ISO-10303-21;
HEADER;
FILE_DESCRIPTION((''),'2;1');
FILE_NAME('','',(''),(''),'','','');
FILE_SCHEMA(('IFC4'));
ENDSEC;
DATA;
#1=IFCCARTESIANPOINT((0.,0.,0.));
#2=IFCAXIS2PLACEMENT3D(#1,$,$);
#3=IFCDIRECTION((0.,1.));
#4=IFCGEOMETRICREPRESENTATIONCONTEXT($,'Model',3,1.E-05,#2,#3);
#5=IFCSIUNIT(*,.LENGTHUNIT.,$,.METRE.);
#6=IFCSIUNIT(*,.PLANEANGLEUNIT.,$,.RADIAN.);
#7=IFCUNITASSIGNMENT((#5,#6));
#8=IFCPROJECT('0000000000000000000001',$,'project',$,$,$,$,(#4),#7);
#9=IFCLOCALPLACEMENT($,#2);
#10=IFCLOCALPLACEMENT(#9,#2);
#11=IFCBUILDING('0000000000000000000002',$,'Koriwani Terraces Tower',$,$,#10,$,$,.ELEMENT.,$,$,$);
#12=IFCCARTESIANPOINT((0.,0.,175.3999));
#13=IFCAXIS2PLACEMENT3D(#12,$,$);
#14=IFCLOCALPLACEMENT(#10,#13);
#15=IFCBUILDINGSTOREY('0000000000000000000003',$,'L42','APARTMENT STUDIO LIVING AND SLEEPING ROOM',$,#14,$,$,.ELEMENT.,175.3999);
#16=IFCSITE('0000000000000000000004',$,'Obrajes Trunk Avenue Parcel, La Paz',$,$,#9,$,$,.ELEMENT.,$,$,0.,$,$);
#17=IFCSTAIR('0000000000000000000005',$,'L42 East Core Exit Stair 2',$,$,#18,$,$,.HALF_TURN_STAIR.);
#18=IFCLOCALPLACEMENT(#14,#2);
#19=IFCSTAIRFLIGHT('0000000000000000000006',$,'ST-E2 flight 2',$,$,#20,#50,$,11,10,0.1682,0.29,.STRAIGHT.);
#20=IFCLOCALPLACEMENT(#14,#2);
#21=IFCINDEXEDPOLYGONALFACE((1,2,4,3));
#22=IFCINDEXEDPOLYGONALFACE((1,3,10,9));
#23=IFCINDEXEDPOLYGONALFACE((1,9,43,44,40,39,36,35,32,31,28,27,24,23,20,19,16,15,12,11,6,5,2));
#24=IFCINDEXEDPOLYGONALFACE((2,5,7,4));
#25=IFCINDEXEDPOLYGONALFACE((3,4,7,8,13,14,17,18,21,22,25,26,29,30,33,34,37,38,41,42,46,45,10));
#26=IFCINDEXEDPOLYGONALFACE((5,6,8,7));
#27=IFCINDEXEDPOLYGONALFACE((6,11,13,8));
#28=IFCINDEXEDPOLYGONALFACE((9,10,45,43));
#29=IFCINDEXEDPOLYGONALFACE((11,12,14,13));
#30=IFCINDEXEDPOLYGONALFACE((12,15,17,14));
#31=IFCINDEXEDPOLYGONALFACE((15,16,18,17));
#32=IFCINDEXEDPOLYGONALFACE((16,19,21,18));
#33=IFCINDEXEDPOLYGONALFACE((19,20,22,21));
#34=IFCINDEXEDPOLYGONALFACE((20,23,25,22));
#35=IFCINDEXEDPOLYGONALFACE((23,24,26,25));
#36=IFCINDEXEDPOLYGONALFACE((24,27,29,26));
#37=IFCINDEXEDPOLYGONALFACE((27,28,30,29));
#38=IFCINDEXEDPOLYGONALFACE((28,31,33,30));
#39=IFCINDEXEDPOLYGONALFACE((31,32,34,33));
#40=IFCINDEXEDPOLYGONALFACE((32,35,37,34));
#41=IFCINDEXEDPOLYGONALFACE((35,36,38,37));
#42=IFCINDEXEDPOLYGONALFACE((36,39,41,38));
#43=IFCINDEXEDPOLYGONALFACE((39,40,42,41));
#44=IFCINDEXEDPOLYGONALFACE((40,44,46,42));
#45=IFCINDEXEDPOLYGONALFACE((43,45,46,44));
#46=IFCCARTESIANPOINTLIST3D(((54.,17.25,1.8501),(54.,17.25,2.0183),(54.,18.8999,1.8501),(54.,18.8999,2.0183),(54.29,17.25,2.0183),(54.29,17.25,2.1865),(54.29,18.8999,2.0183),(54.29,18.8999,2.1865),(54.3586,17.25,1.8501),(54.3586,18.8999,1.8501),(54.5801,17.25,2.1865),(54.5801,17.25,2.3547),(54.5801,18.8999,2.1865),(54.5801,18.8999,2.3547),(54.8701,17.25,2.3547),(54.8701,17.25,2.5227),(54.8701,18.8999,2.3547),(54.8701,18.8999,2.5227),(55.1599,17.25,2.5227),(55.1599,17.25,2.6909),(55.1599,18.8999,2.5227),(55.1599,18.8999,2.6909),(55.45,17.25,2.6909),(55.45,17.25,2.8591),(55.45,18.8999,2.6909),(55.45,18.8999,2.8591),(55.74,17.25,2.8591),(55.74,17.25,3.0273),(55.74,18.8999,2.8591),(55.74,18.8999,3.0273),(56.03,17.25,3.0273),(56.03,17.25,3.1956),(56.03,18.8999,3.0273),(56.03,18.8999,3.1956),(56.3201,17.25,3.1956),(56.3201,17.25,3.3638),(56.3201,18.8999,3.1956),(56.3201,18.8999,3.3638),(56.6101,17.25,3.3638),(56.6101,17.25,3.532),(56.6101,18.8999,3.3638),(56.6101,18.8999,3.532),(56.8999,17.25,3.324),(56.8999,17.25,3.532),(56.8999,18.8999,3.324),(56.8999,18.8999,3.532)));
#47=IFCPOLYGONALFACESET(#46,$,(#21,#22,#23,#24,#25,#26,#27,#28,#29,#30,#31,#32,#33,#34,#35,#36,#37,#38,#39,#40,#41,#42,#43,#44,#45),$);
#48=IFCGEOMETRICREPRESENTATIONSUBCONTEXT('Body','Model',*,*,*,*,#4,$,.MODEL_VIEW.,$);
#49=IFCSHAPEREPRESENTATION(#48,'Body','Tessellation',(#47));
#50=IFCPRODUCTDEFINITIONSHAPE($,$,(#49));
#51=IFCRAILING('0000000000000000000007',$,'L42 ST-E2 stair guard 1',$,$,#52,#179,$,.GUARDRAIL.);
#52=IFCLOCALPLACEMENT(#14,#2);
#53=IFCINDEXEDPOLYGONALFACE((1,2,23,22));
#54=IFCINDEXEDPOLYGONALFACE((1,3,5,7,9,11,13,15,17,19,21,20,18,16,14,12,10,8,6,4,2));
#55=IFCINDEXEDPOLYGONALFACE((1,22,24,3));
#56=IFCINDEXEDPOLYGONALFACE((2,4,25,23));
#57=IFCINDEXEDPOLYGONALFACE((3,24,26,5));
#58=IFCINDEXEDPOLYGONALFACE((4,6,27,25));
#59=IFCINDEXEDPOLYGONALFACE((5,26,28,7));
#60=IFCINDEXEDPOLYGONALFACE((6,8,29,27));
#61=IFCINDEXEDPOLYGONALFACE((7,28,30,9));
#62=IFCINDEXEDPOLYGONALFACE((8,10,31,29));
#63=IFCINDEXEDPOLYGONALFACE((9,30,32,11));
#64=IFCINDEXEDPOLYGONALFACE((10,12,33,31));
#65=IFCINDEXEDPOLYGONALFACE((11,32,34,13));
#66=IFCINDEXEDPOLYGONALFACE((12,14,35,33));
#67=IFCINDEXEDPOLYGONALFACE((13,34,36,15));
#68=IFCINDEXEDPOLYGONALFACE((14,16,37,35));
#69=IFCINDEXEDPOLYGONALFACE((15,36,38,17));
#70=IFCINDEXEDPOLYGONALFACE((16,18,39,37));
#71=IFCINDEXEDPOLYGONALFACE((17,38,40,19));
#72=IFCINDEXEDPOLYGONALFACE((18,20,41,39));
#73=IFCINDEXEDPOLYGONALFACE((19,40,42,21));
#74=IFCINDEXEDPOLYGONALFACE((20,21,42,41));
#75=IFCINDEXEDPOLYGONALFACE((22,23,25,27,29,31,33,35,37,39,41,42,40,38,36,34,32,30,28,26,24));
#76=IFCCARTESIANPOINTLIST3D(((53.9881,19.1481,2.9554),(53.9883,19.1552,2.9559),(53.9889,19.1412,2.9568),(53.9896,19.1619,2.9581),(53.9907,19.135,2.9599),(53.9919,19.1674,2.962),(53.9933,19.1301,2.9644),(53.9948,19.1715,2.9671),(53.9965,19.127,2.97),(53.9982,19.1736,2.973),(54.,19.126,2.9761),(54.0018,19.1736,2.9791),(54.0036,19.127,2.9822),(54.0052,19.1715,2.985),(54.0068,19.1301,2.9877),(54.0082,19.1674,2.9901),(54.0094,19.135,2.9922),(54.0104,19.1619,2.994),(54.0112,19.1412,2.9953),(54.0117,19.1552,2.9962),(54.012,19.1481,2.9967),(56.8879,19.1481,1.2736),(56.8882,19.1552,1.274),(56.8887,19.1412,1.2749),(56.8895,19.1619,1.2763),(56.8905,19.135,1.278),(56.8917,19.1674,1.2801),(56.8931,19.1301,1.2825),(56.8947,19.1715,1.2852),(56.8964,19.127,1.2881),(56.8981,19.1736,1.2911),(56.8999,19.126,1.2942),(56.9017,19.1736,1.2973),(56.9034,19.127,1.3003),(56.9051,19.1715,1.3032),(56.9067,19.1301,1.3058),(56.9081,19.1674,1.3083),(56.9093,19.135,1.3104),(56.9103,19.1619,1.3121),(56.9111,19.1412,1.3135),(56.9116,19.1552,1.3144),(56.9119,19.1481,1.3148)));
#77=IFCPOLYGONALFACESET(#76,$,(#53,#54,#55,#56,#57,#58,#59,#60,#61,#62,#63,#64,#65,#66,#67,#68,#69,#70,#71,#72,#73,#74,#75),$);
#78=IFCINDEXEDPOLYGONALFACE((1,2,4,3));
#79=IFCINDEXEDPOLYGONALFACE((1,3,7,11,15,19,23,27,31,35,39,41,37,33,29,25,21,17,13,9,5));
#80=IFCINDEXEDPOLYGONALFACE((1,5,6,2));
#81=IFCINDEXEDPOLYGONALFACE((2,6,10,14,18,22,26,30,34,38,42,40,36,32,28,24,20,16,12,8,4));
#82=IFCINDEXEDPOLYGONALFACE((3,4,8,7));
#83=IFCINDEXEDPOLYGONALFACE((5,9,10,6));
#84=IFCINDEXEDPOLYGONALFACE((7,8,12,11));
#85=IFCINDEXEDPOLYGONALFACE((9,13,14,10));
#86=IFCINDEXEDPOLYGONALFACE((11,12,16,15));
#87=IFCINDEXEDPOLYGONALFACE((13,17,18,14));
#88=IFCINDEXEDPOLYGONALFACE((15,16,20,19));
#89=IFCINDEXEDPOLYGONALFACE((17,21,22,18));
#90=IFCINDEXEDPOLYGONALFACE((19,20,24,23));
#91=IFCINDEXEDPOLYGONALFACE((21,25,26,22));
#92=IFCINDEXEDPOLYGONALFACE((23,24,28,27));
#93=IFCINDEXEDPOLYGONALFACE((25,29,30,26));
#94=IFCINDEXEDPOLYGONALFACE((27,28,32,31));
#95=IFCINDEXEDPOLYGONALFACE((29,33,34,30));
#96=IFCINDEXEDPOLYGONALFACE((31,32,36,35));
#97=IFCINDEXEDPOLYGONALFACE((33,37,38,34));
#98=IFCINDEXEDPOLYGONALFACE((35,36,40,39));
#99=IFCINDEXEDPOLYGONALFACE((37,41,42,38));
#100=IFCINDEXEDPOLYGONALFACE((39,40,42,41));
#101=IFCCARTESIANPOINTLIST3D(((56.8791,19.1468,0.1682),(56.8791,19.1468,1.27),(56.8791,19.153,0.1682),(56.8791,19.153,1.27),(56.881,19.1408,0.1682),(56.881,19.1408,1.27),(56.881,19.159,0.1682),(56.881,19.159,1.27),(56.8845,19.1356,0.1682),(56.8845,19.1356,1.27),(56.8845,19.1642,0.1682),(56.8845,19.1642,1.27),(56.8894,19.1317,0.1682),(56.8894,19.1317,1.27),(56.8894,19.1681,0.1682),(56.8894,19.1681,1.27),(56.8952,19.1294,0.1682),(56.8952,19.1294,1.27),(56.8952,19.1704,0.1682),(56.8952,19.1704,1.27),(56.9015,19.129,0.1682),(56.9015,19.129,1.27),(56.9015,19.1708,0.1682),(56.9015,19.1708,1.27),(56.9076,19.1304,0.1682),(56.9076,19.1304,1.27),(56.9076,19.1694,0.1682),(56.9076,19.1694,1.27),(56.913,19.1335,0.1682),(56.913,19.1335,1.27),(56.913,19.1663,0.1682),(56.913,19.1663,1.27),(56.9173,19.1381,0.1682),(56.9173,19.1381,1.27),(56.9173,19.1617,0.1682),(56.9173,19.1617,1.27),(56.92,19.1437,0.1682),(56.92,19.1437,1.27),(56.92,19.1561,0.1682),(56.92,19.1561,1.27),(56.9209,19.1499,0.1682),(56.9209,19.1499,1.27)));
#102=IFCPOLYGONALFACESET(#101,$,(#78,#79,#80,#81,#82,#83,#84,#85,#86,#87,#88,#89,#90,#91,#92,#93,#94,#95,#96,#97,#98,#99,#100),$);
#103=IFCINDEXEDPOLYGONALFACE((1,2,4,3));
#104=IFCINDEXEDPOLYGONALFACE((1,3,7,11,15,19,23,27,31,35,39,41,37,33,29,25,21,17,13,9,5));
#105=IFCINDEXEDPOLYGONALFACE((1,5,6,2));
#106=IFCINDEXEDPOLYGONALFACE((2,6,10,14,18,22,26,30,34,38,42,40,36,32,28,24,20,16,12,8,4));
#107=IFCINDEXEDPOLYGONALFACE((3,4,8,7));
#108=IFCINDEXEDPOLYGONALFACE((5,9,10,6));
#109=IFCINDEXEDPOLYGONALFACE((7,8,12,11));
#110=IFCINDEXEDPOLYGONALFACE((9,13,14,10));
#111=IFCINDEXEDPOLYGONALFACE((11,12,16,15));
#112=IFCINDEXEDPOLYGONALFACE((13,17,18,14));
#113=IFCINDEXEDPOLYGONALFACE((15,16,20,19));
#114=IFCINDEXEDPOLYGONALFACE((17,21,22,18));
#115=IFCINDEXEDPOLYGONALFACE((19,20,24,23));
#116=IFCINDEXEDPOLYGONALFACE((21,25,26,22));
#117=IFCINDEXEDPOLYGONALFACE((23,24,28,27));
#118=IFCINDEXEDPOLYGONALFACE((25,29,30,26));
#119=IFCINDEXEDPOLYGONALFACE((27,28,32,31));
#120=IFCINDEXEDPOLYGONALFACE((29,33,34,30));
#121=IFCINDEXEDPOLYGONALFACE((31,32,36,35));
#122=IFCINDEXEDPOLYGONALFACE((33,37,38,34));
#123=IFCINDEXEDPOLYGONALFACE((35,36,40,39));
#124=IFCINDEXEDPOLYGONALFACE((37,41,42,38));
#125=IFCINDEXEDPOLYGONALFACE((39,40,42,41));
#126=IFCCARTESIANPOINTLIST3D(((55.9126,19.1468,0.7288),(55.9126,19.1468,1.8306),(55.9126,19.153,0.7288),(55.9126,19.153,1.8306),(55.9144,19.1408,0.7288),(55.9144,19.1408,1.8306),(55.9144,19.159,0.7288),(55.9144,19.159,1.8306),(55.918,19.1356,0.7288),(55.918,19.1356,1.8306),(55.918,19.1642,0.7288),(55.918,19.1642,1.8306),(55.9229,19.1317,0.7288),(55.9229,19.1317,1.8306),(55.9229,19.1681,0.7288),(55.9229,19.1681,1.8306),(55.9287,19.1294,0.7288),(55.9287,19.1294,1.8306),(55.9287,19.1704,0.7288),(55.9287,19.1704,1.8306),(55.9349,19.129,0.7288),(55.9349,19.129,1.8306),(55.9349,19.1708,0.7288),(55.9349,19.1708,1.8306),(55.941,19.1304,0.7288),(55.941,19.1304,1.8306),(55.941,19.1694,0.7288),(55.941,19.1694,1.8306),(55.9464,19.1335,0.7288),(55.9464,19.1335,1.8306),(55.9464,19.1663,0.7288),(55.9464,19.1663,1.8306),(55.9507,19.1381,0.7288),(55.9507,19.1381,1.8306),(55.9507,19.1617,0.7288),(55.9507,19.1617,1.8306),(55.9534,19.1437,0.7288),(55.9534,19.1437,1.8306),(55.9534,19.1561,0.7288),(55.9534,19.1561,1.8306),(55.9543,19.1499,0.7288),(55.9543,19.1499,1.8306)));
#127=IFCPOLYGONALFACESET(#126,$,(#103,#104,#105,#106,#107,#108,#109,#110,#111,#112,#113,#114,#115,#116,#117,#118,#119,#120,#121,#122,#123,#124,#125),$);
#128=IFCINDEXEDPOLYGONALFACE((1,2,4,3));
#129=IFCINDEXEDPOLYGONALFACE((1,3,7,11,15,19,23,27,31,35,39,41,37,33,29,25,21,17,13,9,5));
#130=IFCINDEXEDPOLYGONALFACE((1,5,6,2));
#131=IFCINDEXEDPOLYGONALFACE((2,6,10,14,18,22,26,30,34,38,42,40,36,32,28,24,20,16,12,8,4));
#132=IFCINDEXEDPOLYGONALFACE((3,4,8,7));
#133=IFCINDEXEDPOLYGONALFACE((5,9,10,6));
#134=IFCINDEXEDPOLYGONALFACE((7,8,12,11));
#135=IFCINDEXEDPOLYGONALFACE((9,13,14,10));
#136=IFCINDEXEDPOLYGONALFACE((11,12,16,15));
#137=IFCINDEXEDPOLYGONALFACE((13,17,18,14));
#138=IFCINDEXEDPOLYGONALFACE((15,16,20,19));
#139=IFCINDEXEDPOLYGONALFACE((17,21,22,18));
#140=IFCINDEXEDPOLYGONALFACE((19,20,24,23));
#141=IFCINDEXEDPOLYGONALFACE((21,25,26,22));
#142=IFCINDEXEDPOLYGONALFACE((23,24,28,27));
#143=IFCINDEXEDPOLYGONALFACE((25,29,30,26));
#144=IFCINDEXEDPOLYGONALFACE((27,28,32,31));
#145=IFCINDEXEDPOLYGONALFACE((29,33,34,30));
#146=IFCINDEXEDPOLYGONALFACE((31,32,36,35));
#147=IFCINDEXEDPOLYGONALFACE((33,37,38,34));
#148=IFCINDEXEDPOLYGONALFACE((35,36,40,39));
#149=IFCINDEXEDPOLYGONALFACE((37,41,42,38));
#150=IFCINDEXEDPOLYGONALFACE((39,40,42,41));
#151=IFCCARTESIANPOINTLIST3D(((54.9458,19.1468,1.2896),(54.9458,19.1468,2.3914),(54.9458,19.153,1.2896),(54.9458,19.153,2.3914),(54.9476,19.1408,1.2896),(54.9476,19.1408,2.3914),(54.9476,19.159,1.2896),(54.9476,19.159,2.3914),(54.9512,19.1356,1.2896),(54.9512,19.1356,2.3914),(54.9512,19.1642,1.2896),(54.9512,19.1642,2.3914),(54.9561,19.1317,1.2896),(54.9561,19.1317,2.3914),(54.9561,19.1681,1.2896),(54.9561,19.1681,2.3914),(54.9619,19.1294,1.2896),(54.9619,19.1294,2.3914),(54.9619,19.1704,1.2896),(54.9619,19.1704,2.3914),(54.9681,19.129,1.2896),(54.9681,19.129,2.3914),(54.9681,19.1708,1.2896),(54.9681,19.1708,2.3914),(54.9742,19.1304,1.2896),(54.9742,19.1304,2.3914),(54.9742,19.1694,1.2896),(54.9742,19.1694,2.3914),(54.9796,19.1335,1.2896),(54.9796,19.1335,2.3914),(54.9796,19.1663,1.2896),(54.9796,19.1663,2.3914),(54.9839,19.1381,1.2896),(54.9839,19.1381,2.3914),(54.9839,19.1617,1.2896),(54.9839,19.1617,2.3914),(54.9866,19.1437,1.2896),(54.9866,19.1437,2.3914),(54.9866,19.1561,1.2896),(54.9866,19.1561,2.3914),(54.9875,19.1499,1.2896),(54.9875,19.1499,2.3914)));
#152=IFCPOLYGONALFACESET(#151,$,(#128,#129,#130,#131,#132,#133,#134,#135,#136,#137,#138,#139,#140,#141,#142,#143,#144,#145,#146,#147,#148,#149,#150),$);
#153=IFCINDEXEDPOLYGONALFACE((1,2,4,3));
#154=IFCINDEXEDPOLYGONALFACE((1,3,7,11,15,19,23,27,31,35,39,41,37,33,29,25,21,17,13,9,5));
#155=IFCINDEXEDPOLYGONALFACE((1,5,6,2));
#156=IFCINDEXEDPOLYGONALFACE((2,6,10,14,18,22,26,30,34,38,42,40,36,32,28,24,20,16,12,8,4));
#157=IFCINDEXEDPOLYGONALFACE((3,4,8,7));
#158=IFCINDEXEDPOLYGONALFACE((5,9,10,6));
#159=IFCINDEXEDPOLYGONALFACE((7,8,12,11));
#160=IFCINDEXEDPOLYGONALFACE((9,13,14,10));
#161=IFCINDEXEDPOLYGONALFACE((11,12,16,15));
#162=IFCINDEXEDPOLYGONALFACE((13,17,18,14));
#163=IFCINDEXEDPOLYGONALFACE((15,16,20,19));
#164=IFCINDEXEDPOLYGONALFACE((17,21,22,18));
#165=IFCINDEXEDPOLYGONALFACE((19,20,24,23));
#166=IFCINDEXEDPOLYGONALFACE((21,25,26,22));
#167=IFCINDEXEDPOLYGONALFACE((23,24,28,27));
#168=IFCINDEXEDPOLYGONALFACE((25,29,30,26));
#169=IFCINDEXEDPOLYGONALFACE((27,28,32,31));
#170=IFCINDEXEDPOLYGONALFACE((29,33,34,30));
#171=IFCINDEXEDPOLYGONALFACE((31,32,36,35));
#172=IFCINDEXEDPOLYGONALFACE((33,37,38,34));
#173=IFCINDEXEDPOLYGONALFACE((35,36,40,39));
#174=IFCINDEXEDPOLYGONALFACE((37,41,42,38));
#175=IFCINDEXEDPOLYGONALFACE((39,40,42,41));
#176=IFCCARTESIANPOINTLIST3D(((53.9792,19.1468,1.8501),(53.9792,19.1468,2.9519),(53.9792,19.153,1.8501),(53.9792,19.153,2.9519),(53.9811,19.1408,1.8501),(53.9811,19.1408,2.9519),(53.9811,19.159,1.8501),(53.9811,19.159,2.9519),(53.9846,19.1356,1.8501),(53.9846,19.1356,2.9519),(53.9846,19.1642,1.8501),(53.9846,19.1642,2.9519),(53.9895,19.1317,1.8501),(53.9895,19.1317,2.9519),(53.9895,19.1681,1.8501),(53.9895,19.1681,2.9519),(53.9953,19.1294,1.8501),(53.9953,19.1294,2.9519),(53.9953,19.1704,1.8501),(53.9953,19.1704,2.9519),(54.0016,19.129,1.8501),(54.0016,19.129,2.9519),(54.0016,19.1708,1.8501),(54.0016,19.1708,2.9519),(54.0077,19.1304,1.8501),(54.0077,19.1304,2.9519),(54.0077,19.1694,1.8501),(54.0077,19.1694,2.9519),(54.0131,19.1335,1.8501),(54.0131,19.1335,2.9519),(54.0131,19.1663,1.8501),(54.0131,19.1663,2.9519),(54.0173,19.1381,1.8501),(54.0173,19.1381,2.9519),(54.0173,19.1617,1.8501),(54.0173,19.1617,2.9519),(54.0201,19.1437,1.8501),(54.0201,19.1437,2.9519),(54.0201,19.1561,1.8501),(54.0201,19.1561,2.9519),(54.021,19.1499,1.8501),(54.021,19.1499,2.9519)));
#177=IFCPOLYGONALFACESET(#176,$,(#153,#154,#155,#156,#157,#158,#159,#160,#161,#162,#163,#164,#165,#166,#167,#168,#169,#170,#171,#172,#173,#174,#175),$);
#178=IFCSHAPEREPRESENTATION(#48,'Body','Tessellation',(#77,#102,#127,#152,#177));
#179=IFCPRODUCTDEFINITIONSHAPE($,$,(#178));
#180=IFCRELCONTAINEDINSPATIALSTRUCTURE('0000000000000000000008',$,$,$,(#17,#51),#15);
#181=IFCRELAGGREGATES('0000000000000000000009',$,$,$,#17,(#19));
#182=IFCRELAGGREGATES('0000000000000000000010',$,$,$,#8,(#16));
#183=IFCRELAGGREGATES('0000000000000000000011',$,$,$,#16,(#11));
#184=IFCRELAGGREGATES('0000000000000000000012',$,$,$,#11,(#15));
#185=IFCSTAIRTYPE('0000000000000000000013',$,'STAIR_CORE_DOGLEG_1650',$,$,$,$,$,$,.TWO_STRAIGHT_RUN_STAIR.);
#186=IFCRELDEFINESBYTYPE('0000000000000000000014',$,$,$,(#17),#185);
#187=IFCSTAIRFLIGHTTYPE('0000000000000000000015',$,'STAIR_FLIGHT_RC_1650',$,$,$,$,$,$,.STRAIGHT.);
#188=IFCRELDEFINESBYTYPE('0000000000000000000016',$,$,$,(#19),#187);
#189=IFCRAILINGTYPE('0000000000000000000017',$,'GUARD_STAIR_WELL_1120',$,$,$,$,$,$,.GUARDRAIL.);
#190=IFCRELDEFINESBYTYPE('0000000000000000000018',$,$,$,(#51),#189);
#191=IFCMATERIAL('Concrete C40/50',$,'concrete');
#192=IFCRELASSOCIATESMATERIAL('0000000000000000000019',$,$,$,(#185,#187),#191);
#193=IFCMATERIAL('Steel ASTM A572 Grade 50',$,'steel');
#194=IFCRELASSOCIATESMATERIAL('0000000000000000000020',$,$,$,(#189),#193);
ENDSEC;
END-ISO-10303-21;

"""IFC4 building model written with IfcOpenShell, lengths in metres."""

from ifc_helpers import new_model, si_unit, direction, frame, origin, origin_2d, place, context, subcontext, project, spatial, polyline, circle, outline, extrude, material, type_object, element, aggregate, save


model = new_model("IFC4")

# Units and contexts
model_context = context("Model", 3, precision=1e-05, world=origin(), true_north=direction((0.0, 1.0)))
body_context = subcontext(model_context, "Body", "Model", "MODEL_VIEW")
ifc_project = project(units=[si_unit("LENGTHUNIT", "METRE"), si_unit("PLANEANGLEUNIT", "RADIAN")], contexts=[model_context])

# Site, building, storey
site_placement = place(None, origin())
site = spatial("IfcSite", under=ifc_project, at=site_placement, Name="Obrajes Trunk Avenue Parcel, La Paz", CompositionType="ELEMENT", RefElevation=0.0)
building_placement = place(site_placement, origin())
building = spatial("IfcBuilding", under=site, at=building_placement, Name="Koriwani Terraces Tower", CompositionType="ELEMENT")
storey_placement = place(building_placement, frame((0.0, 0.0, 175.3999)))
storey = spatial("IfcBuildingStorey", under=building, at=storey_placement, Name="L42", Description="APARTMENT STUDIO LIVING AND SLEEPING ROOM", CompositionType="ELEMENT", Elevation=175.3999)

# Shared definitions
ifc_material_1 = material(Name="Steel ASTM A572 Grade 50", Category="steel")

# Shared definitions
ifc_material_2 = material(Name="Concrete C40/50", Category="concrete")

# Stair, stair flight
stair_type = type_object("IfcStairType", Name="STAIR_CORE_DOGLEG_1650", PredefinedType="TWO_STRAIGHT_RUN_STAIR", material=ifc_material_2)
stair_placement = place(storey_placement, origin())
stair = element("IfcStair", 1, at=stair_placement, inside=storey, type_object=stair_type, Name="L42 East Core Exit Stair 2", PredefinedType="HALF_TURN_STAIR")
stair_flight_type = type_object("IfcStairFlightType", Name="STAIR_FLIGHT_RC_1650", PredefinedType="STRAIGHT", material=ifc_material_2)
stair_flight_1_placement = place(storey_placement, frame((54.0, 18.075, 1.8501), z_axis=(0.0, 0.0, 1.0), x_axis=(1.0, 0.0, 0.0)))
stair_flight_1 = element("IfcStairFlight", 2, at=stair_flight_1_placement, type_object=stair_flight_type, Name="ST-E2 flight 2", NumberOfRisers=11, NumberOfTreads=10, PredefinedType="STRAIGHT", RiserHeight=0.1682, TreadLength=0.29, context=body_context, shape_type="SweptSolid", body=[
    extrude(outline(polyline([(0.0, 0.0), (0.0, 0.1682), (0.29, 0.1682), (0.29, 0.3364), (0.5801, 0.3364), (0.5801, 0.5046), (0.8701, 0.5046), (0.8701, 0.6726), (1.1599, 0.6726), (1.1599, 0.8408), (1.45, 0.8408), (1.45, 1.009), (1.74, 1.009), (1.74, 1.1772), (2.03, 1.1772), (2.03, 1.3455), (2.3201, 1.3455), (2.3201, 1.5137), (2.6101, 1.5137), (2.6101, 1.6819), (2.8999, 1.6819), (2.8999, 1.8501), (2.8999, 1.4739), (0.3586, 0.0), (0.0, 0.0)])), frame((0.0, 0.825, 0.0), z_axis=(0.0, -1.0, 0.0), x_axis=(1.0, 0.0, 0.0)), (0.0, 0.0, 1.0), 1.6499),
])
aggregate(stair, [stair_flight_1])

# Railing
railing_type_1 = type_object("IfcRailingType", Name="GUARD_STAIR_WELL_1120", PredefinedType="GUARDRAIL", material=ifc_material_1)
railing_1_placement = place(storey_placement, frame((56.8999, 19.1499, 0.1682)))
element("IfcRailing", 3, at=railing_1_placement, inside=storey, type_object=railing_type_1, Name="L42 ST-E2 stair guard 1", PredefinedType="GUARDRAIL", context=body_context, shape_type="SweptSolid", body=[
    extrude(circle(Radius=0.0239, at=origin_2d()), frame((0.0, 0.0, 1.126), z_axis=(-0.865039, 0.0, 0.501705), x_axis=(0.0, -1.0, 0.0)), (0.0, 0.0, 1.0), 3.3523),
    extrude(circle(Radius=0.021, at=origin_2d()), origin(), (0.0, 0.0, 1.0), 1.1018),
    extrude(circle(Radius=0.021, at=origin_2d()), frame((-0.9666, 0.0, 0.5605)), (0.0, 0.0, 1.0), 1.1018),
    extrude(circle(Radius=0.021, at=origin_2d()), frame((-1.9333, 0.0, 1.1213)), (0.0, 0.0, 1.0), 1.1018),
    extrude(circle(Radius=0.021, at=origin_2d()), frame((-2.8999, 0.0, 1.6819)), (0.0, 0.0, 1.0), 1.1018),
])

save(model, "model.ifc")
